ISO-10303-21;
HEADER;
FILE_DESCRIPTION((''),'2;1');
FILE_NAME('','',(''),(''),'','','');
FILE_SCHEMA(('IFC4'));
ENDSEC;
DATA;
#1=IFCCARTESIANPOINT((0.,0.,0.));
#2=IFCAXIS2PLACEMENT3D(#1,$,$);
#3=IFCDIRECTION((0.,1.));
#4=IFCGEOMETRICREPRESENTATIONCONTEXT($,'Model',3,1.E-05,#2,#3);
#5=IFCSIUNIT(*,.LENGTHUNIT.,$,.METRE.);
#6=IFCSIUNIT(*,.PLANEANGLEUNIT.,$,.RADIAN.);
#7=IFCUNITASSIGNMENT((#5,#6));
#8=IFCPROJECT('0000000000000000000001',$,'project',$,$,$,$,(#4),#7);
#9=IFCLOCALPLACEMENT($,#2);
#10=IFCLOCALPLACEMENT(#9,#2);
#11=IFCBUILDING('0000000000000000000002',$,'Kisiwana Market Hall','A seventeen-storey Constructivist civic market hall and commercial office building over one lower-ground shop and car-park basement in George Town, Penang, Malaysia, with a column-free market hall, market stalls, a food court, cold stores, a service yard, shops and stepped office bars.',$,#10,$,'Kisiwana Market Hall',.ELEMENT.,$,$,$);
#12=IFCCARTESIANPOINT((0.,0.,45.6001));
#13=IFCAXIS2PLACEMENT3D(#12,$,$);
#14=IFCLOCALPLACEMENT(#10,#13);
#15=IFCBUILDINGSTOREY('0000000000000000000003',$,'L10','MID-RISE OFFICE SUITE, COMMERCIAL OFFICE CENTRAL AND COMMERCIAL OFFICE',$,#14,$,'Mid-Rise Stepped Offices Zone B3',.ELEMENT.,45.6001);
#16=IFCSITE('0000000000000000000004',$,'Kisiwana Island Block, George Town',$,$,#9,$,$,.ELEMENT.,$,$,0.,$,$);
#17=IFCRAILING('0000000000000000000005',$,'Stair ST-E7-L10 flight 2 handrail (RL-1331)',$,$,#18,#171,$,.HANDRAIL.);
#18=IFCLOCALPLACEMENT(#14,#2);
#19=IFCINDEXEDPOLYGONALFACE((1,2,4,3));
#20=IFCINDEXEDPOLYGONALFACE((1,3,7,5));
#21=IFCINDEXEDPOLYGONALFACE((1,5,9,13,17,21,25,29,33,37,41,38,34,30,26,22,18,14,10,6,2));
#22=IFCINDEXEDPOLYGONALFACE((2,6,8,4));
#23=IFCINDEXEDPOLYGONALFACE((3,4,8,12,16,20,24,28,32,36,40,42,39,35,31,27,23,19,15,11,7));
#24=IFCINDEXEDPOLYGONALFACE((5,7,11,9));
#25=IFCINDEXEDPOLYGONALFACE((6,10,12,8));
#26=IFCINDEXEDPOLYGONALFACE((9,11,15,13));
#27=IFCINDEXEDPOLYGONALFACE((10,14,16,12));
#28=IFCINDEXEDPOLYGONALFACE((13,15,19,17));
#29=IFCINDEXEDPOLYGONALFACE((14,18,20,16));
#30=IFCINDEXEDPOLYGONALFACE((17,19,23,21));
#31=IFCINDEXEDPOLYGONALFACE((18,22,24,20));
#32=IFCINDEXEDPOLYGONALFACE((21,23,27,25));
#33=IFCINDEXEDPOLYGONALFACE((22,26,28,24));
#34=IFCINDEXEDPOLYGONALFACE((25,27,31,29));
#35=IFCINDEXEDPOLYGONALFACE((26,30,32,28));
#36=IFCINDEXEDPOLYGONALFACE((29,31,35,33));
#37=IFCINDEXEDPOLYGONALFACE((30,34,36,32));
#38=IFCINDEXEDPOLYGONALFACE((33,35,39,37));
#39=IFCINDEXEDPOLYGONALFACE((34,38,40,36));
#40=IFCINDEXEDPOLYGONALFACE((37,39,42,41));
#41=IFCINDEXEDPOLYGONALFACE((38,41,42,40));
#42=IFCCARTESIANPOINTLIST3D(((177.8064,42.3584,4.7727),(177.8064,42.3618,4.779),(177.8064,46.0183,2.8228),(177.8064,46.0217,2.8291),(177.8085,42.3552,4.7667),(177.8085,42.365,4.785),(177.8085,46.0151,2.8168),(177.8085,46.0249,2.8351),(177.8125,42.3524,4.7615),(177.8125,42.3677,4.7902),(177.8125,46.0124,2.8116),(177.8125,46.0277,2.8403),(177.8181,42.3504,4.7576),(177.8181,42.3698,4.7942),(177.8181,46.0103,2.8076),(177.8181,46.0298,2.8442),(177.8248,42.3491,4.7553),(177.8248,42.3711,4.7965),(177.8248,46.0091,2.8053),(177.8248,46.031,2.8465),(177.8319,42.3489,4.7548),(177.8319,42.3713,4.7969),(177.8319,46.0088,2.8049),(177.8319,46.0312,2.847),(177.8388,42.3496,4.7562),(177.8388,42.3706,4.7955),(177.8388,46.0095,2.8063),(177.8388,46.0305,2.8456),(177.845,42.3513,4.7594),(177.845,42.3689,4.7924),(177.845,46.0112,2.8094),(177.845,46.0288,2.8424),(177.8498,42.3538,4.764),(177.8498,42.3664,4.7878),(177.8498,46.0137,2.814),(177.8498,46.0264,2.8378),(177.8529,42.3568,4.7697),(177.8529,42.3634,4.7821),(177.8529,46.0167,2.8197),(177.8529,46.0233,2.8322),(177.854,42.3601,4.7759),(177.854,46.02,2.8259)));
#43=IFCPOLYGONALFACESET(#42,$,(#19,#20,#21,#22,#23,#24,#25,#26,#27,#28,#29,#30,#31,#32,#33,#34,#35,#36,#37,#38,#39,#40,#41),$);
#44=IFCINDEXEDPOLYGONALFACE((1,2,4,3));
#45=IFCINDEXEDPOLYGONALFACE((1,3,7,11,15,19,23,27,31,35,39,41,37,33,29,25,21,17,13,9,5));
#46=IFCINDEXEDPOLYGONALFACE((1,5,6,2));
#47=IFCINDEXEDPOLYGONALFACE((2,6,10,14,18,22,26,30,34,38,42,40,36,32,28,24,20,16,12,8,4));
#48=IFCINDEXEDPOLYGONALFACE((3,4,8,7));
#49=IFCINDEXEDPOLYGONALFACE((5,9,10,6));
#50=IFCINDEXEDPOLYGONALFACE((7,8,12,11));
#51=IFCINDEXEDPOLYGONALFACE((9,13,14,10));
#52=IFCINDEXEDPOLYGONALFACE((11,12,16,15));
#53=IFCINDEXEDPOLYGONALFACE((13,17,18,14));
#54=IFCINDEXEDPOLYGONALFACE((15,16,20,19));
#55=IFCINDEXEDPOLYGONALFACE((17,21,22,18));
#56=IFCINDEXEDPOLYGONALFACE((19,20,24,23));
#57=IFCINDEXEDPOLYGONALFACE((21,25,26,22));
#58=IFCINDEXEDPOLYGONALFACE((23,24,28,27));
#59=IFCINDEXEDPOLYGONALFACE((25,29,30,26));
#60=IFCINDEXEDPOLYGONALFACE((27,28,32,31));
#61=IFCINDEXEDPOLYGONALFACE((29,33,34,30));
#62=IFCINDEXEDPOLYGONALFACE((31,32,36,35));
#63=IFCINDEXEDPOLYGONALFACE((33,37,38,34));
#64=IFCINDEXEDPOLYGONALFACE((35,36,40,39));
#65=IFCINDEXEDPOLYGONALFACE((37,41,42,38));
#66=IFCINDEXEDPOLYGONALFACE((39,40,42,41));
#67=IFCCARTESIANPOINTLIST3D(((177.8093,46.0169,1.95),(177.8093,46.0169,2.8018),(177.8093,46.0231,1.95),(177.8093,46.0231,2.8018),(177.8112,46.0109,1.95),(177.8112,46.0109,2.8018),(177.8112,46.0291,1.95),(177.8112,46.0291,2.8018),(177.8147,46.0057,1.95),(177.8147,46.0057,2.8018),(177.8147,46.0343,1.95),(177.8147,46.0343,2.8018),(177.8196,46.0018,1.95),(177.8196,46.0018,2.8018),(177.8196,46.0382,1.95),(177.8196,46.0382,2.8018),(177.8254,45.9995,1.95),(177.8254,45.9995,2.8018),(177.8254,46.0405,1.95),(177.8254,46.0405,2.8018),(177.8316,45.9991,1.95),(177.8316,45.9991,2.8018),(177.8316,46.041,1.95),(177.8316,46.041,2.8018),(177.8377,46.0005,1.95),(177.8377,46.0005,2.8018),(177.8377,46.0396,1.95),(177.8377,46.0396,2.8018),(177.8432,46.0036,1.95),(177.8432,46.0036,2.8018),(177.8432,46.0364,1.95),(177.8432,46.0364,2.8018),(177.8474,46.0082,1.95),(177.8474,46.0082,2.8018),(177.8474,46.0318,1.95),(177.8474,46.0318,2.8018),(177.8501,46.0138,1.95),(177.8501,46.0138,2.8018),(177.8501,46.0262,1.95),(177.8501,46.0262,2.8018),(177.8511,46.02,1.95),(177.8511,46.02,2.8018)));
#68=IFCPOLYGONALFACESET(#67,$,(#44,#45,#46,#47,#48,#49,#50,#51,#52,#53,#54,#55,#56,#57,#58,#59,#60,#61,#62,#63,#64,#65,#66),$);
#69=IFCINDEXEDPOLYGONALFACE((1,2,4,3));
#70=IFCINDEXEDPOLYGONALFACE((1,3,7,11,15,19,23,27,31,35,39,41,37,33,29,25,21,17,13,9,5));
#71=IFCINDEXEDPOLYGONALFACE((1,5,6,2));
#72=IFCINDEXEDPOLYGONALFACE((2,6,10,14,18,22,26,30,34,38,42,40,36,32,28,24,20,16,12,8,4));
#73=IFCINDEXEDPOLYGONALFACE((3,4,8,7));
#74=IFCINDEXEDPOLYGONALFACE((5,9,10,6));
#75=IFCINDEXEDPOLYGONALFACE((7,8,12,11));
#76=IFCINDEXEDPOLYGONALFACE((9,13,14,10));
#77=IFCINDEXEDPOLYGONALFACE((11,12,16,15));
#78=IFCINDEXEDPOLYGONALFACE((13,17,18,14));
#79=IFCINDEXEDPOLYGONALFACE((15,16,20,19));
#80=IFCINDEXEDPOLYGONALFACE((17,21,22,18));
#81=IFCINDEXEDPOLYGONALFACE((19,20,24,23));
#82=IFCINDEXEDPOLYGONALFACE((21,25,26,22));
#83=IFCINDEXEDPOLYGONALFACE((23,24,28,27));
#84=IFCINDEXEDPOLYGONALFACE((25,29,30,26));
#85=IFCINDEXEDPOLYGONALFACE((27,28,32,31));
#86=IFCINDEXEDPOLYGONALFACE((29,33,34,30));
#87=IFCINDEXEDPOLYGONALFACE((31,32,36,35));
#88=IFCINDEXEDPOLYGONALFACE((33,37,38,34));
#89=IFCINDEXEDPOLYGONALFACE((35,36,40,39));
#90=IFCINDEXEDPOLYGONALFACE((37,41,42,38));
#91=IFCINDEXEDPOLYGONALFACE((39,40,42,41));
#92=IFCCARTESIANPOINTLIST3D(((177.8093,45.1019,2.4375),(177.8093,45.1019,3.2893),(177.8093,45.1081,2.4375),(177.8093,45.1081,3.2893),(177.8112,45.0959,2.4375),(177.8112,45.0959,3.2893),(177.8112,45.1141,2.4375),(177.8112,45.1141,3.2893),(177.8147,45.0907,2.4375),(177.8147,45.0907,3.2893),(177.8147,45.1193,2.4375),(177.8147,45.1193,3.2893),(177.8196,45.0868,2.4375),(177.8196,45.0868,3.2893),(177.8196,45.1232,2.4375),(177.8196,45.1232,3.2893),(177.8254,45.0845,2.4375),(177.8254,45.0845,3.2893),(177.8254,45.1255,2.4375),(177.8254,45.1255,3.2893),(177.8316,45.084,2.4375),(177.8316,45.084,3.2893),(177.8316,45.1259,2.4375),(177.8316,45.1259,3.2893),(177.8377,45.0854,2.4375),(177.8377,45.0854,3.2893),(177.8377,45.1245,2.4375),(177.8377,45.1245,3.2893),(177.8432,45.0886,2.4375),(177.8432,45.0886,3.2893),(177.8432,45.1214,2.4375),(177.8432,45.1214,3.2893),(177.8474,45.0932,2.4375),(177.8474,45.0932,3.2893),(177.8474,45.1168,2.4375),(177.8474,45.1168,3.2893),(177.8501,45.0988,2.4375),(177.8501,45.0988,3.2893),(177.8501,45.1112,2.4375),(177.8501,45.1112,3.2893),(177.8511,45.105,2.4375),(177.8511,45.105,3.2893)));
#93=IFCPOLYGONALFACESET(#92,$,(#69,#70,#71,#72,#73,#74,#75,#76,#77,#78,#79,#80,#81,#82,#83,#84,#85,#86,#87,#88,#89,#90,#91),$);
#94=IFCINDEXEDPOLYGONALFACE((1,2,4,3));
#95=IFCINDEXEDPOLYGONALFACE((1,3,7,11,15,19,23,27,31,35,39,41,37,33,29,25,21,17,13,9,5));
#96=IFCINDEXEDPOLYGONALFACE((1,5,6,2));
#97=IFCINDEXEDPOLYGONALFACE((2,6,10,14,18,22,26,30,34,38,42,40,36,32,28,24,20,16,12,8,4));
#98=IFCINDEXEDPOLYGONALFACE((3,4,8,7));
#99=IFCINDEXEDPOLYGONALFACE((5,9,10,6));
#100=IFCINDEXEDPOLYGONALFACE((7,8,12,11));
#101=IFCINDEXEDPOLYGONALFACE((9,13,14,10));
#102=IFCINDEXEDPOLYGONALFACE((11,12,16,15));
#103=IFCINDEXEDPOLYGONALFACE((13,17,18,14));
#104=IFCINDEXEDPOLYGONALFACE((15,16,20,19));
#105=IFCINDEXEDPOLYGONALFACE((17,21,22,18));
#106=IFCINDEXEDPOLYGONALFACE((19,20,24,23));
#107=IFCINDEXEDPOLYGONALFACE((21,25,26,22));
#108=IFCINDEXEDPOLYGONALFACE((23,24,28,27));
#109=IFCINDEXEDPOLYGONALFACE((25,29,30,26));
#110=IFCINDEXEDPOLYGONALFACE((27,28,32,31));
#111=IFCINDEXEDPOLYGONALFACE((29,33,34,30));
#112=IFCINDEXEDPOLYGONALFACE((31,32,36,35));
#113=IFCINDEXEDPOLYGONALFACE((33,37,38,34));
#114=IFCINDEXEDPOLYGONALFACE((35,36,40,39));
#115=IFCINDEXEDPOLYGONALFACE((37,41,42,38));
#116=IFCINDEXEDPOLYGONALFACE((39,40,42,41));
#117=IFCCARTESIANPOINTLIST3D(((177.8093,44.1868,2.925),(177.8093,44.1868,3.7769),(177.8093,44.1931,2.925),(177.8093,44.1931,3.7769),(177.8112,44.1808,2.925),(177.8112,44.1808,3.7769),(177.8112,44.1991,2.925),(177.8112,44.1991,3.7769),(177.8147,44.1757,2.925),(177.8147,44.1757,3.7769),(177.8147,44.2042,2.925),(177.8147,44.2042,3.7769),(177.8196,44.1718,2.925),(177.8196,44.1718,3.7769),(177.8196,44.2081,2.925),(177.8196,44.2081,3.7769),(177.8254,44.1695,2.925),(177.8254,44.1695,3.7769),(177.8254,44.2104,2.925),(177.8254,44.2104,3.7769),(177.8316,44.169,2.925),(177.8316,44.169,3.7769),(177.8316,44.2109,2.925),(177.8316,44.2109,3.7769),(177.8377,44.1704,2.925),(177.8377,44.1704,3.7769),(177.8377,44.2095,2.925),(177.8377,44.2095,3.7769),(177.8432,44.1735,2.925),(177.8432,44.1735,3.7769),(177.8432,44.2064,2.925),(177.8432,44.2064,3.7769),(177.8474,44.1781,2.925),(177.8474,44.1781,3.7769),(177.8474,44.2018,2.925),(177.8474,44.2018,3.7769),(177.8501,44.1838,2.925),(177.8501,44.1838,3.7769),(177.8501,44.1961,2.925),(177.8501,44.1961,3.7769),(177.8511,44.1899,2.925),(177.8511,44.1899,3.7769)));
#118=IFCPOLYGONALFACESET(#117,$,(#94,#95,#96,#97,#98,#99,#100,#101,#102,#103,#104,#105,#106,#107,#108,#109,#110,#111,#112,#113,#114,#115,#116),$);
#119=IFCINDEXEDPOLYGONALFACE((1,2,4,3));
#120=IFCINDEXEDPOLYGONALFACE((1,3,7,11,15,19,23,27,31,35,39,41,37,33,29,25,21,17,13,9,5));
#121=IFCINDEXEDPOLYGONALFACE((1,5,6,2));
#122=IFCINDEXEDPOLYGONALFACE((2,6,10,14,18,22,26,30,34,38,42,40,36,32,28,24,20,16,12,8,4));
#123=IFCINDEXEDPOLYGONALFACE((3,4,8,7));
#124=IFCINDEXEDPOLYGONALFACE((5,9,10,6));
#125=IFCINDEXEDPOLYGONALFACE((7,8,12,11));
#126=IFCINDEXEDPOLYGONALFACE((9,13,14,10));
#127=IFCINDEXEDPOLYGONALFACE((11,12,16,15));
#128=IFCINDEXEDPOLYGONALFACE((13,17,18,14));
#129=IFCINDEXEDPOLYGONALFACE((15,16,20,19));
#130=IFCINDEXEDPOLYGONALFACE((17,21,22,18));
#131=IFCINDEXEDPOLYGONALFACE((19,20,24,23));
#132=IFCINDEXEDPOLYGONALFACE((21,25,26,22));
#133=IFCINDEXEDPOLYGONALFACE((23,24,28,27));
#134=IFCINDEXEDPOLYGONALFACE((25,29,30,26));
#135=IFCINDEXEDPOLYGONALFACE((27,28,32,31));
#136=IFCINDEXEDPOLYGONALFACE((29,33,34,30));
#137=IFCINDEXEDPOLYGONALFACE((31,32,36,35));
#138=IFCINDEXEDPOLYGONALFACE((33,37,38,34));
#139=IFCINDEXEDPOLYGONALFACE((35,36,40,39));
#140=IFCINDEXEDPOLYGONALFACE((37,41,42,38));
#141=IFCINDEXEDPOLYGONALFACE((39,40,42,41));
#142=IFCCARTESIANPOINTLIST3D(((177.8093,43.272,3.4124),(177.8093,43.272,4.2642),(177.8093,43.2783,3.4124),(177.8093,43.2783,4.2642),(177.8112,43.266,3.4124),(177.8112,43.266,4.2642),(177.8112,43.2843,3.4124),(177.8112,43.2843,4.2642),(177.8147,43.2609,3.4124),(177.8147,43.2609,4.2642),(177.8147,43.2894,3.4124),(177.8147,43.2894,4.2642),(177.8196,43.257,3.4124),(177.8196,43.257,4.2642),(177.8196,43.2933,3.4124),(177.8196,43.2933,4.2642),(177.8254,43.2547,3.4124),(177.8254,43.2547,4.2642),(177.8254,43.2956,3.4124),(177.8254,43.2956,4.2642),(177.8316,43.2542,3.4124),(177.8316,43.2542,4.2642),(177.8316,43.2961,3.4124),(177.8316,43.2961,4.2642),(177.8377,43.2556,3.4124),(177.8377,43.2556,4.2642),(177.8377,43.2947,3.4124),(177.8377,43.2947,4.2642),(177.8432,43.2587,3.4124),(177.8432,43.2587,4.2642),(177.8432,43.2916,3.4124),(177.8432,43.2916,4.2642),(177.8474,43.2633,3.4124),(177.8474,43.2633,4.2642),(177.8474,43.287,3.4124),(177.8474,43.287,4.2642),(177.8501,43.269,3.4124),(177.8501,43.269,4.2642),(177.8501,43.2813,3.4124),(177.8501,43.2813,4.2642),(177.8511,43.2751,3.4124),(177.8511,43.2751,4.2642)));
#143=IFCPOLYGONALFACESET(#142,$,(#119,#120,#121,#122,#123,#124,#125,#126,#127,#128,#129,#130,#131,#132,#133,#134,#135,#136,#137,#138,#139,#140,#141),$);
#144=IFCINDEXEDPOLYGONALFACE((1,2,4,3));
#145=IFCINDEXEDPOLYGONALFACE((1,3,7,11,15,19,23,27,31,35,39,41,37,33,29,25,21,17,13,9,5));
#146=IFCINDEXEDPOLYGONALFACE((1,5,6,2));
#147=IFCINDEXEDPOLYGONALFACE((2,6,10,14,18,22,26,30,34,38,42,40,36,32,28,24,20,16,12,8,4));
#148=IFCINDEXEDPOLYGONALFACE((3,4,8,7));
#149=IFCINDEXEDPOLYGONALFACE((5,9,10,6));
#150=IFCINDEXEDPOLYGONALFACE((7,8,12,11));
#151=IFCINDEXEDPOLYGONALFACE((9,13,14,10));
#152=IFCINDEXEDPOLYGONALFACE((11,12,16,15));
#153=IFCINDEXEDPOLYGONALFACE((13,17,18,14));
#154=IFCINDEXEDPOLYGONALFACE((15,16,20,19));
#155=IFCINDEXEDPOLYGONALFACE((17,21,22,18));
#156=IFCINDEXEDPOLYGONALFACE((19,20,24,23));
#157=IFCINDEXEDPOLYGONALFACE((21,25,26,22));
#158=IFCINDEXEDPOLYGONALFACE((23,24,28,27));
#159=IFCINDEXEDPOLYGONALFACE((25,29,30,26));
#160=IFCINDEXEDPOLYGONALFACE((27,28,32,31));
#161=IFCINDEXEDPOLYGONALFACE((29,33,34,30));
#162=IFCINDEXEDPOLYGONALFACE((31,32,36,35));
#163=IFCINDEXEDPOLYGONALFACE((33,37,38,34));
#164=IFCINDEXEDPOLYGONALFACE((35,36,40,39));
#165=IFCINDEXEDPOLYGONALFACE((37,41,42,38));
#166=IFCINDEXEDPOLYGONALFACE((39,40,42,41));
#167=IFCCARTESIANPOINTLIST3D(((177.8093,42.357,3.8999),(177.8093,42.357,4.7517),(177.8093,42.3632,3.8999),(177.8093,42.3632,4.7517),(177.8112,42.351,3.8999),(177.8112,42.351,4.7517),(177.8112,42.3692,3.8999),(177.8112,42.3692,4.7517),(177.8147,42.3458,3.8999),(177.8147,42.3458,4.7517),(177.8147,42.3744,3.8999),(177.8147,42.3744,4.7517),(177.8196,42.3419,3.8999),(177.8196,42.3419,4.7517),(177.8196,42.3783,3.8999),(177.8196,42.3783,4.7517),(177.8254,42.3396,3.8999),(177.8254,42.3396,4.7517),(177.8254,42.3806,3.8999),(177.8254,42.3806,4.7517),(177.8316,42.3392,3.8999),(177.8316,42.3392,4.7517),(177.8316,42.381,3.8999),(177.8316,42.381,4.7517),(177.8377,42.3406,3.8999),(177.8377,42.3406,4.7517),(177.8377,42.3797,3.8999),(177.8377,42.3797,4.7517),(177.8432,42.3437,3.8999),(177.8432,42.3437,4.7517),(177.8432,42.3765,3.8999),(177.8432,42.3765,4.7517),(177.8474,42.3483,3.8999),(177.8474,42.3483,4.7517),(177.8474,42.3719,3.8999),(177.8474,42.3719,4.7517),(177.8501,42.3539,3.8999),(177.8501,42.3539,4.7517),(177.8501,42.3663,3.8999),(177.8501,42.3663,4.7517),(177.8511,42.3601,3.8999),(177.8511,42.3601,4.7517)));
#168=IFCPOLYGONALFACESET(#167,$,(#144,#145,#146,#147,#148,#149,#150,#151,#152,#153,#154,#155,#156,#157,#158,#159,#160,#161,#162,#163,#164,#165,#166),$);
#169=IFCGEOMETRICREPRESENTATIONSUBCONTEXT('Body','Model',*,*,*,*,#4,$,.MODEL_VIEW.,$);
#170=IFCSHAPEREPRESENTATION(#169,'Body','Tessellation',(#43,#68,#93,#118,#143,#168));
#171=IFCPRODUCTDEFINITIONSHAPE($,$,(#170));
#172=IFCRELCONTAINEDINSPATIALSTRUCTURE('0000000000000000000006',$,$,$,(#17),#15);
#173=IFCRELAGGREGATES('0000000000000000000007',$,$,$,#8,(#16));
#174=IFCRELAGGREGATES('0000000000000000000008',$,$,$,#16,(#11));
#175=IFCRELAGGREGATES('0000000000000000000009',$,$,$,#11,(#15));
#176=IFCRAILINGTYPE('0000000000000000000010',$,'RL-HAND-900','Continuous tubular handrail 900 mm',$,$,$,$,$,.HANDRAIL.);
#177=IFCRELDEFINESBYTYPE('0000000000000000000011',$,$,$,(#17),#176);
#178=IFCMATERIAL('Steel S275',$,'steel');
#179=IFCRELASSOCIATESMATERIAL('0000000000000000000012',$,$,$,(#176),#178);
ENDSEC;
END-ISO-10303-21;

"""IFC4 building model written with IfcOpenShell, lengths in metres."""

from ifc_helpers import new_model, si_unit, direction, frame, origin, origin_2d, place, context, subcontext, project, spatial, circle, extrude, material, type_object, element, save


model = new_model("IFC4")

# Units and contexts
model_context = context("Model", 3, precision=1e-05, world=origin(), true_north=direction((0.0, 1.0)))
body_context = subcontext(model_context, "Body", "Model", "MODEL_VIEW")
ifc_project = project(units=[si_unit("LENGTHUNIT", "METRE"), si_unit("PLANEANGLEUNIT", "RADIAN")], contexts=[model_context])

# Site, building, storey
site_placement = place(None, origin())
site = spatial("IfcSite", under=ifc_project, at=site_placement, Name="Kisiwana Island Block, George Town", CompositionType="ELEMENT", RefElevation=0.0)
building_placement = place(site_placement, origin())
building = spatial("IfcBuilding", under=site, at=building_placement, Name="Kisiwana Market Hall", Description="A seventeen-storey Constructivist civic market hall and commercial office building over one lower-ground shop and car-park basement in George Town, Penang, Malaysia, with a column-free market hall, market stalls, a food court, cold stores, a service yard, shops and stepped office bars.", LongName="Kisiwana Market Hall", CompositionType="ELEMENT")
storey_placement = place(building_placement, frame((0.0, 0.0, 45.6001)))
storey = spatial("IfcBuildingStorey", under=building, at=storey_placement, Name="L10", Description="MID-RISE OFFICE SUITE, COMMERCIAL OFFICE CENTRAL AND COMMERCIAL OFFICE", LongName="Mid-Rise Stepped Offices Zone B3", CompositionType="ELEMENT", Elevation=45.6001)

# Railing
ifc_material_1 = material(Name="Steel S275", Category="steel")
railing_type_1 = type_object("IfcRailingType", Name="RL-HAND-900", Description="Continuous tubular handrail 900 mm", PredefinedType="HANDRAIL", material=ifc_material_1)
railing_1_placement = place(storey_placement, frame((177.8301, 46.02, 1.95)))
element("IfcRailing", 1, at=railing_1_placement, inside=storey, type_object=railing_type_1, Name="Stair ST-E7-L10 flight 2 handrail (RL-1331)", PredefinedType="HANDRAIL", context=body_context, shape_type="SweptSolid", body=[
    extrude(circle(Radius=0.0239, at=origin_2d()), frame((0.0, 0.0, 0.876), z_axis=(0.0, -0.882553, 0.470212), x_axis=(1.0, 0.0, 0.0)), (0.0, 0.0, 1.0), 4.147),
    extrude(circle(Radius=0.021, at=origin_2d()), origin(), (0.0, 0.0, 1.0), 0.8518),
    extrude(circle(Radius=0.021, at=origin_2d()), frame((0.0, -0.915, 0.4875)), (0.0, 0.0, 1.0), 0.8518),
    extrude(circle(Radius=0.021, at=origin_2d()), frame((0.0, -1.8301, 0.9751)), (0.0, 0.0, 1.0), 0.8518),
    extrude(circle(Radius=0.021, at=origin_2d()), frame((0.0, -2.7449, 1.4624)), (0.0, 0.0, 1.0), 0.8518),
    extrude(circle(Radius=0.021, at=origin_2d()), frame((0.0, -3.6599, 1.95)), (0.0, 0.0, 1.0), 0.8518),
])

save(model, "model.ifc")
